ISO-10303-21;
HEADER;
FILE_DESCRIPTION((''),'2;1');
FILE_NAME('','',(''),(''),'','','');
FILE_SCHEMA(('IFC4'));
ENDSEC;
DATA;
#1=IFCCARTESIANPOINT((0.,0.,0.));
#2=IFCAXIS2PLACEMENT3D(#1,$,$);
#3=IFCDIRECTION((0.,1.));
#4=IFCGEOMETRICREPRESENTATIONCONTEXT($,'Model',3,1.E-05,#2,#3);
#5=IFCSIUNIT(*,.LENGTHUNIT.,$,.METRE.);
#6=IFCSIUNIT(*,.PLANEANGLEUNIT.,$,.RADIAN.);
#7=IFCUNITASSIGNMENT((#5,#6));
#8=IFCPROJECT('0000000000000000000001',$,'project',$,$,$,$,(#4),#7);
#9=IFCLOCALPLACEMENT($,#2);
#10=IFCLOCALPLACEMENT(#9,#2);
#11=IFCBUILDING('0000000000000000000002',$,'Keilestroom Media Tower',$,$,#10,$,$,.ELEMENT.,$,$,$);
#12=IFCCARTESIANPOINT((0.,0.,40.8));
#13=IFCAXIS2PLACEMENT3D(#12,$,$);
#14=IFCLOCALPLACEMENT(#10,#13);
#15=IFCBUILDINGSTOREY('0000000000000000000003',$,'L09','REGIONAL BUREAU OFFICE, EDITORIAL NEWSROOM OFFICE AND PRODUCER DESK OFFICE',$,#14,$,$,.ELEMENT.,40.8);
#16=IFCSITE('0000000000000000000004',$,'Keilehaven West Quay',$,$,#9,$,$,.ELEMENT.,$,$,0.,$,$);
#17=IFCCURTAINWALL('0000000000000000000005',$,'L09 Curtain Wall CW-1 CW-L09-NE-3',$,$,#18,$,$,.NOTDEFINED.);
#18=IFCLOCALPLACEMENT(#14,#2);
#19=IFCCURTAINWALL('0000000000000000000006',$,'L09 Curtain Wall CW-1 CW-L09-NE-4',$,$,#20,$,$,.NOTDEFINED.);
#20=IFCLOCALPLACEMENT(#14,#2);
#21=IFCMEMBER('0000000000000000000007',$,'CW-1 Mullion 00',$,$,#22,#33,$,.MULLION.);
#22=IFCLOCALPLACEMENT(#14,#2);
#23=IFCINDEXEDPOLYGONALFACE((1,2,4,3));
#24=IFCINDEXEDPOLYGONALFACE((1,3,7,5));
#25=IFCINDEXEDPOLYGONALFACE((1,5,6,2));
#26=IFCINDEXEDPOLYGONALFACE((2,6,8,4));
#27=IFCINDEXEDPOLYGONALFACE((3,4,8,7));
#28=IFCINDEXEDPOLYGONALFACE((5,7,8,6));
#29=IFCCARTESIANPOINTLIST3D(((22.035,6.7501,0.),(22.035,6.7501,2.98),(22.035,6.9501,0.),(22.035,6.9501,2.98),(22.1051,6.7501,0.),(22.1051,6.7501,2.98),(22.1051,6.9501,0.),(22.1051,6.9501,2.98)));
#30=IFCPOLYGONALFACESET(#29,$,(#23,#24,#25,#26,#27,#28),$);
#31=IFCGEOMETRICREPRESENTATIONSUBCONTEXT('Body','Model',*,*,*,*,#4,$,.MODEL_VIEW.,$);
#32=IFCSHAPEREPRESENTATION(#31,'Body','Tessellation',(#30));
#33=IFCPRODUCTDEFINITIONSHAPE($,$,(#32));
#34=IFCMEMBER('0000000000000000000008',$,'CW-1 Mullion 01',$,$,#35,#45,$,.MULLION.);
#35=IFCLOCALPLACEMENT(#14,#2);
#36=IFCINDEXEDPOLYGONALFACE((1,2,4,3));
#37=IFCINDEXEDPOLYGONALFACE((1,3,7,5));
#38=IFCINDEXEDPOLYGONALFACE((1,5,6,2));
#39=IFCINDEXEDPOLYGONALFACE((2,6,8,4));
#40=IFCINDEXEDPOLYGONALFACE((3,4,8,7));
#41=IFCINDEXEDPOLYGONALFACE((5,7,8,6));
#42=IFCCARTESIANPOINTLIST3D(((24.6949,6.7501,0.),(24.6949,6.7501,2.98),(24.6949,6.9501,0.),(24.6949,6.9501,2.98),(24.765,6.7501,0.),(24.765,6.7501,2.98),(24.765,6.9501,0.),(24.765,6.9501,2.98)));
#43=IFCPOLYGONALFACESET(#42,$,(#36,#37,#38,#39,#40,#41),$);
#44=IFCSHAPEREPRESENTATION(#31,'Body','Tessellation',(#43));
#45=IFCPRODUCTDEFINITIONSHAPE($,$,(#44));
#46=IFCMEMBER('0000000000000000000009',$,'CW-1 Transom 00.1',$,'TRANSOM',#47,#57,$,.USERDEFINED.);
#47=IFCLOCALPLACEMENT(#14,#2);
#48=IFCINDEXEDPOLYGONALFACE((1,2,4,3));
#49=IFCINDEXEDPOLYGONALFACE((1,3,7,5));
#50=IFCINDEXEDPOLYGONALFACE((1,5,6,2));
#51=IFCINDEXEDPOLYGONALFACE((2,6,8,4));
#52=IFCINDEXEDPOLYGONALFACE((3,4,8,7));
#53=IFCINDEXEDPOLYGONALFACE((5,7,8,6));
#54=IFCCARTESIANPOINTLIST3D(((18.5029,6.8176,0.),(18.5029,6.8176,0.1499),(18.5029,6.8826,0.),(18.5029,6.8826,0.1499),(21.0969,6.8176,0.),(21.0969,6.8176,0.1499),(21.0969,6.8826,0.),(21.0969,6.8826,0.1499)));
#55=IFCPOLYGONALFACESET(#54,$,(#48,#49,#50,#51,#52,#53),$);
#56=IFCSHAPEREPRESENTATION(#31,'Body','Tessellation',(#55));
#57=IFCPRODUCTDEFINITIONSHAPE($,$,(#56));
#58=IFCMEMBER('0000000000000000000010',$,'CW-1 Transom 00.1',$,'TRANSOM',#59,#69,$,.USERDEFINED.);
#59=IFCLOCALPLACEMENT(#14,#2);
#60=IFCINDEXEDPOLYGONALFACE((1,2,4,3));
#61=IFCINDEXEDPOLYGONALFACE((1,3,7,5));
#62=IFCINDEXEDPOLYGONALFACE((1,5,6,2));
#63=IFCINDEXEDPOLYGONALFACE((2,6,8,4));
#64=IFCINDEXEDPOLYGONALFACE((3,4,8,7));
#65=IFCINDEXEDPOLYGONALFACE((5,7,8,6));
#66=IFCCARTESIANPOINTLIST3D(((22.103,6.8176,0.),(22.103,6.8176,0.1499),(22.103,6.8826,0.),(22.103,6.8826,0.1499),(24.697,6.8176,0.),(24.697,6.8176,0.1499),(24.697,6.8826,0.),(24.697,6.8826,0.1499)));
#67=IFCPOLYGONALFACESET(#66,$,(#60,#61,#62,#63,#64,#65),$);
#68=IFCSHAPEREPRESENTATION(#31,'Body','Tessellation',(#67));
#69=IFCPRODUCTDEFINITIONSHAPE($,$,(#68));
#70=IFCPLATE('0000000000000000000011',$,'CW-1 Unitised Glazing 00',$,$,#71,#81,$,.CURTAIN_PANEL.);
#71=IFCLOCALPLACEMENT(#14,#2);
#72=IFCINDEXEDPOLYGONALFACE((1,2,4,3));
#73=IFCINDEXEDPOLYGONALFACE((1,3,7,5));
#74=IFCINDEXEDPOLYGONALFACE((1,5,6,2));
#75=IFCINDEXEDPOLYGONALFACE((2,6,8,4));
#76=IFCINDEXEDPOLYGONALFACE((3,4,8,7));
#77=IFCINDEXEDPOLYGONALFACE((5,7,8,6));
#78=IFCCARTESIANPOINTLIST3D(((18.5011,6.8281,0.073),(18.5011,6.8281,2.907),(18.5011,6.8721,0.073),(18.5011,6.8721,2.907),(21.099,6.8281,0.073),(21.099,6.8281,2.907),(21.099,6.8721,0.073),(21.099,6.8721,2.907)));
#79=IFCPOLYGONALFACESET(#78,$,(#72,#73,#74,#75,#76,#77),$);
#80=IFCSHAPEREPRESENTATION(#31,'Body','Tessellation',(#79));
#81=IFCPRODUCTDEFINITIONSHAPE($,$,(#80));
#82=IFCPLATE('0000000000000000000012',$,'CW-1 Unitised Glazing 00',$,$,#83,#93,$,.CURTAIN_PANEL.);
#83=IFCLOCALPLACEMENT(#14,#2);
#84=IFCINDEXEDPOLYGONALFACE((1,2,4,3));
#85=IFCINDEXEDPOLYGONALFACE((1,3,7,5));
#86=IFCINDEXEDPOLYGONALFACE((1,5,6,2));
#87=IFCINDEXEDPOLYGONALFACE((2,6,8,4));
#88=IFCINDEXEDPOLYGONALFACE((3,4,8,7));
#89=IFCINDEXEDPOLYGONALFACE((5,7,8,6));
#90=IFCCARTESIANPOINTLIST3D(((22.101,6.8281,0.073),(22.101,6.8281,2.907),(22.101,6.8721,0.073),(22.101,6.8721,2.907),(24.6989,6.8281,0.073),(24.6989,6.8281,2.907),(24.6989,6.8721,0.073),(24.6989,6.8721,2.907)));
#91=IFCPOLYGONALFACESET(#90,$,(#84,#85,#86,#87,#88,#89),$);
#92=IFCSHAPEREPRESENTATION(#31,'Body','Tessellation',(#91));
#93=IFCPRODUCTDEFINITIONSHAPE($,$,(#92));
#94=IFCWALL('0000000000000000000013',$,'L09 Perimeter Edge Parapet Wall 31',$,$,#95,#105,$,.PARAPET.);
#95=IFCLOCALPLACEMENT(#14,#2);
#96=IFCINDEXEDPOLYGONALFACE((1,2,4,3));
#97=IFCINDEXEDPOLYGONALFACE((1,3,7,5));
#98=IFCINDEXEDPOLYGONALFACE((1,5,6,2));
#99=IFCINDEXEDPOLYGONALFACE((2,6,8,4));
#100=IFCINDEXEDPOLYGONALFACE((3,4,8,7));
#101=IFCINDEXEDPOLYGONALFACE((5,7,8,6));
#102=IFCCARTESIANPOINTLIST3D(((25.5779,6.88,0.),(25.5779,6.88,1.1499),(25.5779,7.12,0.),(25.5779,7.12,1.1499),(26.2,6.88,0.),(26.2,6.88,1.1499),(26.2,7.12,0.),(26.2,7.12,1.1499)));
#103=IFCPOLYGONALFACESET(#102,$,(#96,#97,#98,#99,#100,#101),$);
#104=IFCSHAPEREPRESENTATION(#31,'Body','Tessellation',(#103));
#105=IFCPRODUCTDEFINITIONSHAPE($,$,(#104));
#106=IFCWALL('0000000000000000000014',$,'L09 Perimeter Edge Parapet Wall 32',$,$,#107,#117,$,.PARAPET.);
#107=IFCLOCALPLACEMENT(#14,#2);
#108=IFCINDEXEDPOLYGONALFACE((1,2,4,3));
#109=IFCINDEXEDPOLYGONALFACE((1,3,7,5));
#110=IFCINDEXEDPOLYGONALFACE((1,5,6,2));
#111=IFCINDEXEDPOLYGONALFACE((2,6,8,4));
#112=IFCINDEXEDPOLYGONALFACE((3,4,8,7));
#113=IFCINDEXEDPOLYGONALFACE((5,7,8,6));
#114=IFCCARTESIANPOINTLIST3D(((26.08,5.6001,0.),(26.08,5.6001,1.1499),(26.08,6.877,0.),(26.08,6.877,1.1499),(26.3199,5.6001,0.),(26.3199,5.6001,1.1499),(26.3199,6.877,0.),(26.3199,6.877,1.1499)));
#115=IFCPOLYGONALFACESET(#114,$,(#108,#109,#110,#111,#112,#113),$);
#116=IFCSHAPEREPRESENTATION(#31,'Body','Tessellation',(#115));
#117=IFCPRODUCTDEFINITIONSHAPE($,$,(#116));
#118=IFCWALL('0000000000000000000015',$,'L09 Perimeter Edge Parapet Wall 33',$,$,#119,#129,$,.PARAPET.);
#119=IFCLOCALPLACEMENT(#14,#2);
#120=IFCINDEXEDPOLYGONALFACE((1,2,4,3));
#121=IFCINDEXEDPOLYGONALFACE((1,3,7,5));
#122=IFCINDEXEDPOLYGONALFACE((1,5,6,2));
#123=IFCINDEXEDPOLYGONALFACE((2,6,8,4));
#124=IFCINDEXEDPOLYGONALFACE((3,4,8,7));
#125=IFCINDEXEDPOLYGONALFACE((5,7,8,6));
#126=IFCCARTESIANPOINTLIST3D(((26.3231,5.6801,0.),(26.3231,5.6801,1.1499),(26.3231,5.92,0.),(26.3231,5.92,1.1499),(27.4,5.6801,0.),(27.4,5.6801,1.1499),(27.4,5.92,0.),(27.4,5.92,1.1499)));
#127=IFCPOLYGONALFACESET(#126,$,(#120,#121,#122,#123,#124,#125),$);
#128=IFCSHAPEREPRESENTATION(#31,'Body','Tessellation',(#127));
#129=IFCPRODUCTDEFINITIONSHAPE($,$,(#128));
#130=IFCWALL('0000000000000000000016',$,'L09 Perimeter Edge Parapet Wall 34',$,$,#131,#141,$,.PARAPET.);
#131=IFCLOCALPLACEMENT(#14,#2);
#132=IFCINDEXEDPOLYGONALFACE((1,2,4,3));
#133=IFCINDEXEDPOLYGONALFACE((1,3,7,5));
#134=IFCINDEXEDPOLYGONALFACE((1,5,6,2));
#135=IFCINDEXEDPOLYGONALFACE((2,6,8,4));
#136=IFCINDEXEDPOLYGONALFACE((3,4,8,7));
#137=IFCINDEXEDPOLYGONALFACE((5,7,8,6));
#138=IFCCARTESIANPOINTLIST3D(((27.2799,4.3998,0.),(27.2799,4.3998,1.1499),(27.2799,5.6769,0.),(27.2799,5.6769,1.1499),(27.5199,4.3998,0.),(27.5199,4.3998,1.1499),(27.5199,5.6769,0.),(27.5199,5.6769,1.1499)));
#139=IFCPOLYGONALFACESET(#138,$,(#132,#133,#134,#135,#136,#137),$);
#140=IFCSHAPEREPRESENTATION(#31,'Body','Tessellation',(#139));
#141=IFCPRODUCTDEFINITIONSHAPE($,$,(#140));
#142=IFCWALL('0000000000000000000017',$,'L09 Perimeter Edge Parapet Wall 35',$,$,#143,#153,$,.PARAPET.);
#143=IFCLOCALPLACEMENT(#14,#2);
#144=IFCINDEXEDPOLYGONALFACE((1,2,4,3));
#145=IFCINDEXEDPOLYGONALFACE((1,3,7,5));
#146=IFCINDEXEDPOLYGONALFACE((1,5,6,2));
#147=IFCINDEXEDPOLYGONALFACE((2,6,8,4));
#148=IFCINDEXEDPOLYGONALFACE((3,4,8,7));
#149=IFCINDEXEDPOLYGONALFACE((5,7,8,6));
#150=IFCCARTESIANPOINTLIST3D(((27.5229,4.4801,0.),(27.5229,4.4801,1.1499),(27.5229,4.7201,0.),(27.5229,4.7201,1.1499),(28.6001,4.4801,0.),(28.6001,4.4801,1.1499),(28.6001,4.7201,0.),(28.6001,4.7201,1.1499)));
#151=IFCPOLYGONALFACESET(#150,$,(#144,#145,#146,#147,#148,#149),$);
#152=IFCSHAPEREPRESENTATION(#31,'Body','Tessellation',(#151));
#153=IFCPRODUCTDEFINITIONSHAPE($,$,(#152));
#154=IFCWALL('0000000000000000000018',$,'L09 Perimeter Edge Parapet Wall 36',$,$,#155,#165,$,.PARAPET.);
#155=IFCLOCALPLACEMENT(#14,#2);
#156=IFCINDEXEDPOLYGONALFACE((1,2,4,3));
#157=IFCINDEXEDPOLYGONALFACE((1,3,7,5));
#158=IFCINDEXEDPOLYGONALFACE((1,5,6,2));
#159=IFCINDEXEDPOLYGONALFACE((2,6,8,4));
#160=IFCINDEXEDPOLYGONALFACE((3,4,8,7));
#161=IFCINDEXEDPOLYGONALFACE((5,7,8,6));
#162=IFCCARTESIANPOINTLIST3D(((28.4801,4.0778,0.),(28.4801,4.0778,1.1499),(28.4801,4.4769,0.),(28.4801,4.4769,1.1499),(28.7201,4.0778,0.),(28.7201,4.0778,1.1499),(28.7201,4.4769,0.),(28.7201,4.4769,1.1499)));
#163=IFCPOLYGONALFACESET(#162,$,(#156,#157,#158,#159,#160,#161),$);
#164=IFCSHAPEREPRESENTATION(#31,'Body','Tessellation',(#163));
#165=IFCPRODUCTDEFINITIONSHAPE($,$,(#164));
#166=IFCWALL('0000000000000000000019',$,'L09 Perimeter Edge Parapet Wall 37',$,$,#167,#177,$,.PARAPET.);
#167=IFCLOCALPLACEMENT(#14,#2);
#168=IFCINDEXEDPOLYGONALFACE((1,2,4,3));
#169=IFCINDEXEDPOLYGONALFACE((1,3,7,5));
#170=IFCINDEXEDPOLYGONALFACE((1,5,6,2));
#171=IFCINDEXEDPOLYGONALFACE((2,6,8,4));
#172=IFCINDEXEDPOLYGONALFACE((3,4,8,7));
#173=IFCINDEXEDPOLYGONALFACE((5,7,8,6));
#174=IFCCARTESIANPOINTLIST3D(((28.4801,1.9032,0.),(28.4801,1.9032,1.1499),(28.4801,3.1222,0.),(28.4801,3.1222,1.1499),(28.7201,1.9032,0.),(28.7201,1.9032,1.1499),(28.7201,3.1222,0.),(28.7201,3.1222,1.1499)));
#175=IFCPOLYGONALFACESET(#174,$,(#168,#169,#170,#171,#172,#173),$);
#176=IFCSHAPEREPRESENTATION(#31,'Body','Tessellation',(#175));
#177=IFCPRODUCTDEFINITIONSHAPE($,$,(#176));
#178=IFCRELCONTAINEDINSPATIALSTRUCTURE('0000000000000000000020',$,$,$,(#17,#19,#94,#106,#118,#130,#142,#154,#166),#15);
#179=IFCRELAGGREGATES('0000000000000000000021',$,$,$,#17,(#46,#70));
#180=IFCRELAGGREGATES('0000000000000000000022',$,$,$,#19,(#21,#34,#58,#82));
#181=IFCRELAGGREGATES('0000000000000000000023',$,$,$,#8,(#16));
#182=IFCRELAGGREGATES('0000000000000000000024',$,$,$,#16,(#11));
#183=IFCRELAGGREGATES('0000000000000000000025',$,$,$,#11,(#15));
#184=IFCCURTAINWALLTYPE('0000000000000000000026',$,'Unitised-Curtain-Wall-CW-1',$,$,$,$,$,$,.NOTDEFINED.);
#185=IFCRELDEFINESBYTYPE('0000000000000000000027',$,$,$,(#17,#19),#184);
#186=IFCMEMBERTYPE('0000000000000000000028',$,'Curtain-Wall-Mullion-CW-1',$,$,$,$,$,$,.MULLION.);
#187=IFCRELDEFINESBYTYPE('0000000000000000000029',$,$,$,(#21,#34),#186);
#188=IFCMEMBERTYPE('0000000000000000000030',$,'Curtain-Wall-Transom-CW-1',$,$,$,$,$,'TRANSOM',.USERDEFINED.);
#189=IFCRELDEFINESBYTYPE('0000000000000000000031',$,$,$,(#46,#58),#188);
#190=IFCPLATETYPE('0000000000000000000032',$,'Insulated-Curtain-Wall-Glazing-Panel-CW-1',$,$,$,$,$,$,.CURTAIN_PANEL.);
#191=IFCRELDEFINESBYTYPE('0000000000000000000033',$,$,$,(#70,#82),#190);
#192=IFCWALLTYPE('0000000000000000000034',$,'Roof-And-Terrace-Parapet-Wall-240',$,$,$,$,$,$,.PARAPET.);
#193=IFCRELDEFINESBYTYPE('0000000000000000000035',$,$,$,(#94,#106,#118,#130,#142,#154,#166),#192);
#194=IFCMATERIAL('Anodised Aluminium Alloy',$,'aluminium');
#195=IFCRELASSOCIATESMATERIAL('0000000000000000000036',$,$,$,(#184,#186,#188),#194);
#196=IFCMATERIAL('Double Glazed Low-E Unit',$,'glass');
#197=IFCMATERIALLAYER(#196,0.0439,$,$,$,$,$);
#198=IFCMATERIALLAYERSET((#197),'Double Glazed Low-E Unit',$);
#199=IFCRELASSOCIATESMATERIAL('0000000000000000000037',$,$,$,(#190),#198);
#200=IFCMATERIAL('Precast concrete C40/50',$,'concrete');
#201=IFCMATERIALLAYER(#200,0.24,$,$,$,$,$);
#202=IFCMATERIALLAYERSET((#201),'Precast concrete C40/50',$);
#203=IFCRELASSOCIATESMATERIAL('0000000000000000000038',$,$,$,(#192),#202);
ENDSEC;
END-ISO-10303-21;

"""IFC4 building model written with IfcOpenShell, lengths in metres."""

from ifc_helpers import new_model, si_unit, direction, frame, frame_2d, origin, origin_2d, place, context, subcontext, project, spatial, rectangle, extrude, source, transform, mapped, material, layer, layer_set, material_profile, profile_set, type_object, element, aggregate, save


model = new_model("IFC4")

# Units and contexts
model_context = context("Model", 3, precision=1e-05, world=origin(), true_north=direction((0.0, 1.0)))
body_context = subcontext(model_context, "Body", "Model", "MODEL_VIEW")
ifc_project = project(units=[si_unit("LENGTHUNIT", "METRE"), si_unit("PLANEANGLEUNIT", "RADIAN")], contexts=[model_context])

# Site, building, storey
site_placement = place(None, origin())
site = spatial("IfcSite", under=ifc_project, at=site_placement, Name="Keilehaven West Quay", CompositionType="ELEMENT", RefElevation=0.0)
building_placement = place(site_placement, origin())
building = spatial("IfcBuilding", under=site, at=building_placement, Name="Keilestroom Media Tower", CompositionType="ELEMENT")
storey_placement = place(building_placement, frame((0.0, 0.0, 40.8)))
storey = spatial("IfcBuildingStorey", under=building, at=storey_placement, Name="L09", Description="REGIONAL BUREAU OFFICE, EDITORIAL NEWSROOM OFFICE AND PRODUCER DESK OFFICE", CompositionType="ELEMENT", Elevation=40.8)

# Shared definitions
ifc_material_1 = material(Name="Precast concrete C40/50", Category="concrete")

# Curtain wall
ifc_material_2 = material(Name="Anodised Aluminium Alloy", Category="aluminium")
curtain_wall_type = type_object("IfcCurtainWallType", Name="Unitised-Curtain-Wall-CW-1", PredefinedType="NOTDEFINED", material=ifc_material_2)
curtain_wall_1_placement = place(storey_placement, origin())
curtain_wall_1 = element("IfcCurtainWall", 1, at=curtain_wall_1_placement, inside=storey, type_object=curtain_wall_type, Name="L09 Curtain Wall CW-1 CW-L09-NE-3", PredefinedType="NOTDEFINED")
ifc_material_profile_1 = material_profile(ifc_material_2, rectangle(XDim=0.0701, YDim=0.2, at=origin_2d()), Name="ALU MULLION 70x200")
ifc_profile_set_1 = profile_set([ifc_material_profile_1], Name="Anodised Aluminium Alloy")
member_type_1 = type_object("IfcMemberType", Name="Curtain-Wall-Mullion-CW-1", PredefinedType="MULLION", material=ifc_profile_set_1)
shared_shape_1 = source(origin(), body_context, "Body", "SweptSolid", [
    extrude(rectangle(XDim=0.0701, YDim=0.2, at=origin_2d()), origin(), (0.0, 0.0, 1.0), 2.98),
])

# Curtain wall, members
curtain_wall_2_placement = place(storey_placement, origin())
curtain_wall_2 = element("IfcCurtainWall", 2, at=curtain_wall_2_placement, inside=storey, type_object=curtain_wall_type, Name="L09 Curtain Wall CW-1 CW-L09-NE-4", PredefinedType="NOTDEFINED")
member_1_placement = place(storey_placement, frame((22.0701, 6.8501, 0.0), z_axis=(0.0, 0.0, 1.0), x_axis=(1.0, 0.0, 0.0)))
member_1 = element("IfcMember", 3, at=member_1_placement, type_object=member_type_1, Name="CW-1 Mullion 00", PredefinedType="MULLION", context=body_context, shape_type="MappedRepresentation", body=[
    mapped(shared_shape_1, transform((0.0, 0.0, 0.0), x_axis=(1.0, 0.0, 0.0), y_axis=(0.0, 1.0, 0.0), z_axis=(0.0, 0.0, 1.0), scale=1.0)),
])
member_2_placement = place(storey_placement, frame((24.73, 6.8501, 0.0), z_axis=(0.0, 0.0, 1.0), x_axis=(1.0, 0.0, 0.0)))
member_2 = element("IfcMember", 4, at=member_2_placement, type_object=member_type_1, Name="CW-1 Mullion 01", PredefinedType="MULLION", context=body_context, shape_type="MappedRepresentation", body=[
    mapped(shared_shape_1, transform((0.0, 0.0, 0.0), x_axis=(1.0, 0.0, 0.0), y_axis=(0.0, 1.0, 0.0), z_axis=(0.0, 0.0, 1.0), scale=1.0)),
])

# Members
ifc_material_profile_2 = material_profile(ifc_material_2, rectangle(XDim=0.0649, YDim=0.1499, at=origin_2d()), Name="ALU TRANSOM 65x150")
ifc_profile_set_2 = profile_set([ifc_material_profile_2], Name="Anodised Aluminium Alloy")
member_type_2 = type_object("IfcMemberType", Name="Curtain-Wall-Transom-CW-1", ElementType="TRANSOM", PredefinedType="USERDEFINED", material=ifc_profile_set_2)
shared_shape_2 = source(origin(), body_context, "Body", "SweptSolid", [
    extrude(rectangle(XDim=0.0649, YDim=0.1499, at=origin_2d()), origin(), (0.0, 0.0, 1.0), 2.594),
])
member_3_placement = place(storey_placement, frame((18.5029, 6.8501, 0.075), z_axis=(1.0, 0.0, 0.0), x_axis=(0.0, 1.0, 0.0)))
member_3 = element("IfcMember", 5, at=member_3_placement, type_object=member_type_2, Name="CW-1 Transom 00.1", ObjectType="TRANSOM", PredefinedType="USERDEFINED", context=body_context, shape_type="MappedRepresentation", body=[
    mapped(shared_shape_2, transform((0.0, 0.0, 0.0), x_axis=(1.0, 0.0, 0.0), y_axis=(0.0, 1.0, 0.0), z_axis=(0.0, 0.0, 1.0), scale=1.0)),
])
member_4_placement = place(storey_placement, frame((22.103, 6.8501, 0.075), z_axis=(1.0, 0.0, 0.0), x_axis=(0.0, 1.0, 0.0)))
member_4 = element("IfcMember", 6, at=member_4_placement, type_object=member_type_2, Name="CW-1 Transom 00.1", ObjectType="TRANSOM", PredefinedType="USERDEFINED", context=body_context, shape_type="MappedRepresentation", body=[
    mapped(shared_shape_2, transform((0.0, 0.0, 0.0), x_axis=(1.0, 0.0, 0.0), y_axis=(0.0, 1.0, 0.0), z_axis=(0.0, 0.0, 1.0), scale=1.0)),
])

# Plates
ifc_material_3 = material(Name="Double Glazed Low-E Unit", Category="glass")
ifc_layer_1 = layer(ifc_material_3, 0.0439)
ifc_layer_set_1 = layer_set([ifc_layer_1], Name="Double Glazed Low-E Unit")
plate_type = type_object("IfcPlateType", Name="Insulated-Curtain-Wall-Glazing-Panel-CW-1", PredefinedType="CURTAIN_PANEL", material=ifc_layer_set_1)
shared_shape_3 = source(origin(), body_context, "Body", "SweptSolid", [
    extrude(rectangle(XDim=2.5979, YDim=0.0439, at=origin_2d()), origin(), (0.0, 0.0, 1.0), 2.834),
])
plate_1_placement = place(storey_placement, frame((19.8, 6.8501, 0.073), z_axis=(0.0, 0.0, 1.0), x_axis=(1.0, 0.0, 0.0)))
plate_1 = element("IfcPlate", 7, at=plate_1_placement, type_object=plate_type, Name="CW-1 Unitised Glazing 00", PredefinedType="CURTAIN_PANEL", context=body_context, shape_type="MappedRepresentation", body=[
    mapped(shared_shape_3, transform((0.0, 0.0, 0.0), x_axis=(1.0, 0.0, 0.0), y_axis=(0.0, 1.0, 0.0), z_axis=(0.0, 0.0, 1.0), scale=1.0)),
])
aggregate(curtain_wall_1, [member_3, plate_1])
plate_2_placement = place(storey_placement, frame((23.3999, 6.8501, 0.073), z_axis=(0.0, 0.0, 1.0), x_axis=(1.0, 0.0, 0.0)))
plate_2 = element("IfcPlate", 8, at=plate_2_placement, type_object=plate_type, Name="CW-1 Unitised Glazing 00", PredefinedType="CURTAIN_PANEL", context=body_context, shape_type="MappedRepresentation", body=[
    mapped(shared_shape_3, transform((0.0, 0.0, 0.0), x_axis=(1.0, 0.0, 0.0), y_axis=(0.0, 1.0, 0.0), z_axis=(0.0, 0.0, 1.0), scale=1.0)),
])
aggregate(curtain_wall_2, [member_1, member_2, member_4, plate_2])

# Walls
ifc_layer_2 = layer(ifc_material_1, 0.24)
ifc_layer_set_2 = layer_set([ifc_layer_2], Name="Precast concrete C40/50")
wall_type = type_object("IfcWallType", Name="Roof-And-Terrace-Parapet-Wall-240", PredefinedType="PARAPET", material=ifc_layer_set_2)
wall_1_placement = place(storey_placement, frame((25.5779, 7.0, 0.0), z_axis=(0.0, 0.0, 1.0), x_axis=(1.0, 0.0, 0.0)))
element("IfcWall", 9, at=wall_1_placement, inside=storey, type_object=wall_type, Name="L09 Perimeter Edge Parapet Wall 31", PredefinedType="PARAPET", context=body_context, shape_type="SweptSolid", body=[
    extrude(rectangle(XDim=0.6221, YDim=0.24, at=frame_2d((0.311, 0.0))), origin(), (0.0, 0.0, 1.0), 1.1499),
])
wall_2_placement = place(storey_placement, frame((26.2, 6.877, 0.0), z_axis=(0.0, 0.0, 1.0), x_axis=(0.0, -1.0, 0.0)))
element("IfcWall", 10, at=wall_2_placement, inside=storey, type_object=wall_type, Name="L09 Perimeter Edge Parapet Wall 32", PredefinedType="PARAPET", context=body_context, shape_type="SweptSolid", body=[
    extrude(rectangle(XDim=1.2769, YDim=0.24, at=frame_2d((0.6384, 0.0))), origin(), (0.0, 0.0, 1.0), 1.1499),
])
wall_3_placement = place(storey_placement, frame((26.323, 5.8, 0.0), z_axis=(0.0, 0.0, 1.0), x_axis=(1.0, 0.0, 0.0)))
element("IfcWall", 11, at=wall_3_placement, inside=storey, type_object=wall_type, Name="L09 Perimeter Edge Parapet Wall 33", PredefinedType="PARAPET", context=body_context, shape_type="SweptSolid", body=[
    extrude(rectangle(XDim=1.0769, YDim=0.24, at=frame_2d((0.5386, 0.0))), origin(), (0.0, 0.0, 1.0), 1.1499),
])
wall_4_placement = place(storey_placement, frame((27.3999, 5.677, 0.0), z_axis=(0.0, 0.0, 1.0), x_axis=(0.0, -1.0, 0.0)))
element("IfcWall", 12, at=wall_4_placement, inside=storey, type_object=wall_type, Name="L09 Perimeter Edge Parapet Wall 34", PredefinedType="PARAPET", context=body_context, shape_type="SweptSolid", body=[
    extrude(rectangle(XDim=1.2771, YDim=0.24, at=frame_2d((0.6387, 0.0))), origin(), (0.0, 0.0, 1.0), 1.1499),
])
wall_5_placement = place(storey_placement, frame((27.5229, 4.6001, 0.0), z_axis=(0.0, 0.0, 1.0), x_axis=(1.0, 0.0, 0.0)))
element("IfcWall", 13, at=wall_5_placement, inside=storey, type_object=wall_type, Name="L09 Perimeter Edge Parapet Wall 35", PredefinedType="PARAPET", context=body_context, shape_type="SweptSolid", body=[
    extrude(rectangle(XDim=1.0771, YDim=0.24, at=frame_2d((0.5386, 0.0))), origin(), (0.0, 0.0, 1.0), 1.1499),
])
wall_6_placement = place(storey_placement, frame((28.6001, 4.4771, 0.0), z_axis=(0.0, 0.0, 1.0), x_axis=(0.0, -1.0, 0.0)))
element("IfcWall", 14, at=wall_6_placement, inside=storey, type_object=wall_type, Name="L09 Perimeter Edge Parapet Wall 36", PredefinedType="PARAPET", context=body_context, shape_type="SweptSolid", body=[
    extrude(rectangle(XDim=0.3992, YDim=0.24, at=frame_2d((0.1997, 0.0))), origin(), (0.0, 0.0, 1.0), 1.1499),
])
wall_7_placement = place(storey_placement, frame((28.6001, 3.1221, 0.0), z_axis=(0.0, 0.0, 1.0), x_axis=(0.0, -1.0, 0.0)))
element("IfcWall", 15, at=wall_7_placement, inside=storey, type_object=wall_type, Name="L09 Perimeter Edge Parapet Wall 37", PredefinedType="PARAPET", context=body_context, shape_type="SweptSolid", body=[
    extrude(rectangle(XDim=1.219, YDim=0.24, at=frame_2d((0.6094, 0.0))), origin(), (0.0, 0.0, 1.0), 1.1499),
])

save(model, "model.ifc")
